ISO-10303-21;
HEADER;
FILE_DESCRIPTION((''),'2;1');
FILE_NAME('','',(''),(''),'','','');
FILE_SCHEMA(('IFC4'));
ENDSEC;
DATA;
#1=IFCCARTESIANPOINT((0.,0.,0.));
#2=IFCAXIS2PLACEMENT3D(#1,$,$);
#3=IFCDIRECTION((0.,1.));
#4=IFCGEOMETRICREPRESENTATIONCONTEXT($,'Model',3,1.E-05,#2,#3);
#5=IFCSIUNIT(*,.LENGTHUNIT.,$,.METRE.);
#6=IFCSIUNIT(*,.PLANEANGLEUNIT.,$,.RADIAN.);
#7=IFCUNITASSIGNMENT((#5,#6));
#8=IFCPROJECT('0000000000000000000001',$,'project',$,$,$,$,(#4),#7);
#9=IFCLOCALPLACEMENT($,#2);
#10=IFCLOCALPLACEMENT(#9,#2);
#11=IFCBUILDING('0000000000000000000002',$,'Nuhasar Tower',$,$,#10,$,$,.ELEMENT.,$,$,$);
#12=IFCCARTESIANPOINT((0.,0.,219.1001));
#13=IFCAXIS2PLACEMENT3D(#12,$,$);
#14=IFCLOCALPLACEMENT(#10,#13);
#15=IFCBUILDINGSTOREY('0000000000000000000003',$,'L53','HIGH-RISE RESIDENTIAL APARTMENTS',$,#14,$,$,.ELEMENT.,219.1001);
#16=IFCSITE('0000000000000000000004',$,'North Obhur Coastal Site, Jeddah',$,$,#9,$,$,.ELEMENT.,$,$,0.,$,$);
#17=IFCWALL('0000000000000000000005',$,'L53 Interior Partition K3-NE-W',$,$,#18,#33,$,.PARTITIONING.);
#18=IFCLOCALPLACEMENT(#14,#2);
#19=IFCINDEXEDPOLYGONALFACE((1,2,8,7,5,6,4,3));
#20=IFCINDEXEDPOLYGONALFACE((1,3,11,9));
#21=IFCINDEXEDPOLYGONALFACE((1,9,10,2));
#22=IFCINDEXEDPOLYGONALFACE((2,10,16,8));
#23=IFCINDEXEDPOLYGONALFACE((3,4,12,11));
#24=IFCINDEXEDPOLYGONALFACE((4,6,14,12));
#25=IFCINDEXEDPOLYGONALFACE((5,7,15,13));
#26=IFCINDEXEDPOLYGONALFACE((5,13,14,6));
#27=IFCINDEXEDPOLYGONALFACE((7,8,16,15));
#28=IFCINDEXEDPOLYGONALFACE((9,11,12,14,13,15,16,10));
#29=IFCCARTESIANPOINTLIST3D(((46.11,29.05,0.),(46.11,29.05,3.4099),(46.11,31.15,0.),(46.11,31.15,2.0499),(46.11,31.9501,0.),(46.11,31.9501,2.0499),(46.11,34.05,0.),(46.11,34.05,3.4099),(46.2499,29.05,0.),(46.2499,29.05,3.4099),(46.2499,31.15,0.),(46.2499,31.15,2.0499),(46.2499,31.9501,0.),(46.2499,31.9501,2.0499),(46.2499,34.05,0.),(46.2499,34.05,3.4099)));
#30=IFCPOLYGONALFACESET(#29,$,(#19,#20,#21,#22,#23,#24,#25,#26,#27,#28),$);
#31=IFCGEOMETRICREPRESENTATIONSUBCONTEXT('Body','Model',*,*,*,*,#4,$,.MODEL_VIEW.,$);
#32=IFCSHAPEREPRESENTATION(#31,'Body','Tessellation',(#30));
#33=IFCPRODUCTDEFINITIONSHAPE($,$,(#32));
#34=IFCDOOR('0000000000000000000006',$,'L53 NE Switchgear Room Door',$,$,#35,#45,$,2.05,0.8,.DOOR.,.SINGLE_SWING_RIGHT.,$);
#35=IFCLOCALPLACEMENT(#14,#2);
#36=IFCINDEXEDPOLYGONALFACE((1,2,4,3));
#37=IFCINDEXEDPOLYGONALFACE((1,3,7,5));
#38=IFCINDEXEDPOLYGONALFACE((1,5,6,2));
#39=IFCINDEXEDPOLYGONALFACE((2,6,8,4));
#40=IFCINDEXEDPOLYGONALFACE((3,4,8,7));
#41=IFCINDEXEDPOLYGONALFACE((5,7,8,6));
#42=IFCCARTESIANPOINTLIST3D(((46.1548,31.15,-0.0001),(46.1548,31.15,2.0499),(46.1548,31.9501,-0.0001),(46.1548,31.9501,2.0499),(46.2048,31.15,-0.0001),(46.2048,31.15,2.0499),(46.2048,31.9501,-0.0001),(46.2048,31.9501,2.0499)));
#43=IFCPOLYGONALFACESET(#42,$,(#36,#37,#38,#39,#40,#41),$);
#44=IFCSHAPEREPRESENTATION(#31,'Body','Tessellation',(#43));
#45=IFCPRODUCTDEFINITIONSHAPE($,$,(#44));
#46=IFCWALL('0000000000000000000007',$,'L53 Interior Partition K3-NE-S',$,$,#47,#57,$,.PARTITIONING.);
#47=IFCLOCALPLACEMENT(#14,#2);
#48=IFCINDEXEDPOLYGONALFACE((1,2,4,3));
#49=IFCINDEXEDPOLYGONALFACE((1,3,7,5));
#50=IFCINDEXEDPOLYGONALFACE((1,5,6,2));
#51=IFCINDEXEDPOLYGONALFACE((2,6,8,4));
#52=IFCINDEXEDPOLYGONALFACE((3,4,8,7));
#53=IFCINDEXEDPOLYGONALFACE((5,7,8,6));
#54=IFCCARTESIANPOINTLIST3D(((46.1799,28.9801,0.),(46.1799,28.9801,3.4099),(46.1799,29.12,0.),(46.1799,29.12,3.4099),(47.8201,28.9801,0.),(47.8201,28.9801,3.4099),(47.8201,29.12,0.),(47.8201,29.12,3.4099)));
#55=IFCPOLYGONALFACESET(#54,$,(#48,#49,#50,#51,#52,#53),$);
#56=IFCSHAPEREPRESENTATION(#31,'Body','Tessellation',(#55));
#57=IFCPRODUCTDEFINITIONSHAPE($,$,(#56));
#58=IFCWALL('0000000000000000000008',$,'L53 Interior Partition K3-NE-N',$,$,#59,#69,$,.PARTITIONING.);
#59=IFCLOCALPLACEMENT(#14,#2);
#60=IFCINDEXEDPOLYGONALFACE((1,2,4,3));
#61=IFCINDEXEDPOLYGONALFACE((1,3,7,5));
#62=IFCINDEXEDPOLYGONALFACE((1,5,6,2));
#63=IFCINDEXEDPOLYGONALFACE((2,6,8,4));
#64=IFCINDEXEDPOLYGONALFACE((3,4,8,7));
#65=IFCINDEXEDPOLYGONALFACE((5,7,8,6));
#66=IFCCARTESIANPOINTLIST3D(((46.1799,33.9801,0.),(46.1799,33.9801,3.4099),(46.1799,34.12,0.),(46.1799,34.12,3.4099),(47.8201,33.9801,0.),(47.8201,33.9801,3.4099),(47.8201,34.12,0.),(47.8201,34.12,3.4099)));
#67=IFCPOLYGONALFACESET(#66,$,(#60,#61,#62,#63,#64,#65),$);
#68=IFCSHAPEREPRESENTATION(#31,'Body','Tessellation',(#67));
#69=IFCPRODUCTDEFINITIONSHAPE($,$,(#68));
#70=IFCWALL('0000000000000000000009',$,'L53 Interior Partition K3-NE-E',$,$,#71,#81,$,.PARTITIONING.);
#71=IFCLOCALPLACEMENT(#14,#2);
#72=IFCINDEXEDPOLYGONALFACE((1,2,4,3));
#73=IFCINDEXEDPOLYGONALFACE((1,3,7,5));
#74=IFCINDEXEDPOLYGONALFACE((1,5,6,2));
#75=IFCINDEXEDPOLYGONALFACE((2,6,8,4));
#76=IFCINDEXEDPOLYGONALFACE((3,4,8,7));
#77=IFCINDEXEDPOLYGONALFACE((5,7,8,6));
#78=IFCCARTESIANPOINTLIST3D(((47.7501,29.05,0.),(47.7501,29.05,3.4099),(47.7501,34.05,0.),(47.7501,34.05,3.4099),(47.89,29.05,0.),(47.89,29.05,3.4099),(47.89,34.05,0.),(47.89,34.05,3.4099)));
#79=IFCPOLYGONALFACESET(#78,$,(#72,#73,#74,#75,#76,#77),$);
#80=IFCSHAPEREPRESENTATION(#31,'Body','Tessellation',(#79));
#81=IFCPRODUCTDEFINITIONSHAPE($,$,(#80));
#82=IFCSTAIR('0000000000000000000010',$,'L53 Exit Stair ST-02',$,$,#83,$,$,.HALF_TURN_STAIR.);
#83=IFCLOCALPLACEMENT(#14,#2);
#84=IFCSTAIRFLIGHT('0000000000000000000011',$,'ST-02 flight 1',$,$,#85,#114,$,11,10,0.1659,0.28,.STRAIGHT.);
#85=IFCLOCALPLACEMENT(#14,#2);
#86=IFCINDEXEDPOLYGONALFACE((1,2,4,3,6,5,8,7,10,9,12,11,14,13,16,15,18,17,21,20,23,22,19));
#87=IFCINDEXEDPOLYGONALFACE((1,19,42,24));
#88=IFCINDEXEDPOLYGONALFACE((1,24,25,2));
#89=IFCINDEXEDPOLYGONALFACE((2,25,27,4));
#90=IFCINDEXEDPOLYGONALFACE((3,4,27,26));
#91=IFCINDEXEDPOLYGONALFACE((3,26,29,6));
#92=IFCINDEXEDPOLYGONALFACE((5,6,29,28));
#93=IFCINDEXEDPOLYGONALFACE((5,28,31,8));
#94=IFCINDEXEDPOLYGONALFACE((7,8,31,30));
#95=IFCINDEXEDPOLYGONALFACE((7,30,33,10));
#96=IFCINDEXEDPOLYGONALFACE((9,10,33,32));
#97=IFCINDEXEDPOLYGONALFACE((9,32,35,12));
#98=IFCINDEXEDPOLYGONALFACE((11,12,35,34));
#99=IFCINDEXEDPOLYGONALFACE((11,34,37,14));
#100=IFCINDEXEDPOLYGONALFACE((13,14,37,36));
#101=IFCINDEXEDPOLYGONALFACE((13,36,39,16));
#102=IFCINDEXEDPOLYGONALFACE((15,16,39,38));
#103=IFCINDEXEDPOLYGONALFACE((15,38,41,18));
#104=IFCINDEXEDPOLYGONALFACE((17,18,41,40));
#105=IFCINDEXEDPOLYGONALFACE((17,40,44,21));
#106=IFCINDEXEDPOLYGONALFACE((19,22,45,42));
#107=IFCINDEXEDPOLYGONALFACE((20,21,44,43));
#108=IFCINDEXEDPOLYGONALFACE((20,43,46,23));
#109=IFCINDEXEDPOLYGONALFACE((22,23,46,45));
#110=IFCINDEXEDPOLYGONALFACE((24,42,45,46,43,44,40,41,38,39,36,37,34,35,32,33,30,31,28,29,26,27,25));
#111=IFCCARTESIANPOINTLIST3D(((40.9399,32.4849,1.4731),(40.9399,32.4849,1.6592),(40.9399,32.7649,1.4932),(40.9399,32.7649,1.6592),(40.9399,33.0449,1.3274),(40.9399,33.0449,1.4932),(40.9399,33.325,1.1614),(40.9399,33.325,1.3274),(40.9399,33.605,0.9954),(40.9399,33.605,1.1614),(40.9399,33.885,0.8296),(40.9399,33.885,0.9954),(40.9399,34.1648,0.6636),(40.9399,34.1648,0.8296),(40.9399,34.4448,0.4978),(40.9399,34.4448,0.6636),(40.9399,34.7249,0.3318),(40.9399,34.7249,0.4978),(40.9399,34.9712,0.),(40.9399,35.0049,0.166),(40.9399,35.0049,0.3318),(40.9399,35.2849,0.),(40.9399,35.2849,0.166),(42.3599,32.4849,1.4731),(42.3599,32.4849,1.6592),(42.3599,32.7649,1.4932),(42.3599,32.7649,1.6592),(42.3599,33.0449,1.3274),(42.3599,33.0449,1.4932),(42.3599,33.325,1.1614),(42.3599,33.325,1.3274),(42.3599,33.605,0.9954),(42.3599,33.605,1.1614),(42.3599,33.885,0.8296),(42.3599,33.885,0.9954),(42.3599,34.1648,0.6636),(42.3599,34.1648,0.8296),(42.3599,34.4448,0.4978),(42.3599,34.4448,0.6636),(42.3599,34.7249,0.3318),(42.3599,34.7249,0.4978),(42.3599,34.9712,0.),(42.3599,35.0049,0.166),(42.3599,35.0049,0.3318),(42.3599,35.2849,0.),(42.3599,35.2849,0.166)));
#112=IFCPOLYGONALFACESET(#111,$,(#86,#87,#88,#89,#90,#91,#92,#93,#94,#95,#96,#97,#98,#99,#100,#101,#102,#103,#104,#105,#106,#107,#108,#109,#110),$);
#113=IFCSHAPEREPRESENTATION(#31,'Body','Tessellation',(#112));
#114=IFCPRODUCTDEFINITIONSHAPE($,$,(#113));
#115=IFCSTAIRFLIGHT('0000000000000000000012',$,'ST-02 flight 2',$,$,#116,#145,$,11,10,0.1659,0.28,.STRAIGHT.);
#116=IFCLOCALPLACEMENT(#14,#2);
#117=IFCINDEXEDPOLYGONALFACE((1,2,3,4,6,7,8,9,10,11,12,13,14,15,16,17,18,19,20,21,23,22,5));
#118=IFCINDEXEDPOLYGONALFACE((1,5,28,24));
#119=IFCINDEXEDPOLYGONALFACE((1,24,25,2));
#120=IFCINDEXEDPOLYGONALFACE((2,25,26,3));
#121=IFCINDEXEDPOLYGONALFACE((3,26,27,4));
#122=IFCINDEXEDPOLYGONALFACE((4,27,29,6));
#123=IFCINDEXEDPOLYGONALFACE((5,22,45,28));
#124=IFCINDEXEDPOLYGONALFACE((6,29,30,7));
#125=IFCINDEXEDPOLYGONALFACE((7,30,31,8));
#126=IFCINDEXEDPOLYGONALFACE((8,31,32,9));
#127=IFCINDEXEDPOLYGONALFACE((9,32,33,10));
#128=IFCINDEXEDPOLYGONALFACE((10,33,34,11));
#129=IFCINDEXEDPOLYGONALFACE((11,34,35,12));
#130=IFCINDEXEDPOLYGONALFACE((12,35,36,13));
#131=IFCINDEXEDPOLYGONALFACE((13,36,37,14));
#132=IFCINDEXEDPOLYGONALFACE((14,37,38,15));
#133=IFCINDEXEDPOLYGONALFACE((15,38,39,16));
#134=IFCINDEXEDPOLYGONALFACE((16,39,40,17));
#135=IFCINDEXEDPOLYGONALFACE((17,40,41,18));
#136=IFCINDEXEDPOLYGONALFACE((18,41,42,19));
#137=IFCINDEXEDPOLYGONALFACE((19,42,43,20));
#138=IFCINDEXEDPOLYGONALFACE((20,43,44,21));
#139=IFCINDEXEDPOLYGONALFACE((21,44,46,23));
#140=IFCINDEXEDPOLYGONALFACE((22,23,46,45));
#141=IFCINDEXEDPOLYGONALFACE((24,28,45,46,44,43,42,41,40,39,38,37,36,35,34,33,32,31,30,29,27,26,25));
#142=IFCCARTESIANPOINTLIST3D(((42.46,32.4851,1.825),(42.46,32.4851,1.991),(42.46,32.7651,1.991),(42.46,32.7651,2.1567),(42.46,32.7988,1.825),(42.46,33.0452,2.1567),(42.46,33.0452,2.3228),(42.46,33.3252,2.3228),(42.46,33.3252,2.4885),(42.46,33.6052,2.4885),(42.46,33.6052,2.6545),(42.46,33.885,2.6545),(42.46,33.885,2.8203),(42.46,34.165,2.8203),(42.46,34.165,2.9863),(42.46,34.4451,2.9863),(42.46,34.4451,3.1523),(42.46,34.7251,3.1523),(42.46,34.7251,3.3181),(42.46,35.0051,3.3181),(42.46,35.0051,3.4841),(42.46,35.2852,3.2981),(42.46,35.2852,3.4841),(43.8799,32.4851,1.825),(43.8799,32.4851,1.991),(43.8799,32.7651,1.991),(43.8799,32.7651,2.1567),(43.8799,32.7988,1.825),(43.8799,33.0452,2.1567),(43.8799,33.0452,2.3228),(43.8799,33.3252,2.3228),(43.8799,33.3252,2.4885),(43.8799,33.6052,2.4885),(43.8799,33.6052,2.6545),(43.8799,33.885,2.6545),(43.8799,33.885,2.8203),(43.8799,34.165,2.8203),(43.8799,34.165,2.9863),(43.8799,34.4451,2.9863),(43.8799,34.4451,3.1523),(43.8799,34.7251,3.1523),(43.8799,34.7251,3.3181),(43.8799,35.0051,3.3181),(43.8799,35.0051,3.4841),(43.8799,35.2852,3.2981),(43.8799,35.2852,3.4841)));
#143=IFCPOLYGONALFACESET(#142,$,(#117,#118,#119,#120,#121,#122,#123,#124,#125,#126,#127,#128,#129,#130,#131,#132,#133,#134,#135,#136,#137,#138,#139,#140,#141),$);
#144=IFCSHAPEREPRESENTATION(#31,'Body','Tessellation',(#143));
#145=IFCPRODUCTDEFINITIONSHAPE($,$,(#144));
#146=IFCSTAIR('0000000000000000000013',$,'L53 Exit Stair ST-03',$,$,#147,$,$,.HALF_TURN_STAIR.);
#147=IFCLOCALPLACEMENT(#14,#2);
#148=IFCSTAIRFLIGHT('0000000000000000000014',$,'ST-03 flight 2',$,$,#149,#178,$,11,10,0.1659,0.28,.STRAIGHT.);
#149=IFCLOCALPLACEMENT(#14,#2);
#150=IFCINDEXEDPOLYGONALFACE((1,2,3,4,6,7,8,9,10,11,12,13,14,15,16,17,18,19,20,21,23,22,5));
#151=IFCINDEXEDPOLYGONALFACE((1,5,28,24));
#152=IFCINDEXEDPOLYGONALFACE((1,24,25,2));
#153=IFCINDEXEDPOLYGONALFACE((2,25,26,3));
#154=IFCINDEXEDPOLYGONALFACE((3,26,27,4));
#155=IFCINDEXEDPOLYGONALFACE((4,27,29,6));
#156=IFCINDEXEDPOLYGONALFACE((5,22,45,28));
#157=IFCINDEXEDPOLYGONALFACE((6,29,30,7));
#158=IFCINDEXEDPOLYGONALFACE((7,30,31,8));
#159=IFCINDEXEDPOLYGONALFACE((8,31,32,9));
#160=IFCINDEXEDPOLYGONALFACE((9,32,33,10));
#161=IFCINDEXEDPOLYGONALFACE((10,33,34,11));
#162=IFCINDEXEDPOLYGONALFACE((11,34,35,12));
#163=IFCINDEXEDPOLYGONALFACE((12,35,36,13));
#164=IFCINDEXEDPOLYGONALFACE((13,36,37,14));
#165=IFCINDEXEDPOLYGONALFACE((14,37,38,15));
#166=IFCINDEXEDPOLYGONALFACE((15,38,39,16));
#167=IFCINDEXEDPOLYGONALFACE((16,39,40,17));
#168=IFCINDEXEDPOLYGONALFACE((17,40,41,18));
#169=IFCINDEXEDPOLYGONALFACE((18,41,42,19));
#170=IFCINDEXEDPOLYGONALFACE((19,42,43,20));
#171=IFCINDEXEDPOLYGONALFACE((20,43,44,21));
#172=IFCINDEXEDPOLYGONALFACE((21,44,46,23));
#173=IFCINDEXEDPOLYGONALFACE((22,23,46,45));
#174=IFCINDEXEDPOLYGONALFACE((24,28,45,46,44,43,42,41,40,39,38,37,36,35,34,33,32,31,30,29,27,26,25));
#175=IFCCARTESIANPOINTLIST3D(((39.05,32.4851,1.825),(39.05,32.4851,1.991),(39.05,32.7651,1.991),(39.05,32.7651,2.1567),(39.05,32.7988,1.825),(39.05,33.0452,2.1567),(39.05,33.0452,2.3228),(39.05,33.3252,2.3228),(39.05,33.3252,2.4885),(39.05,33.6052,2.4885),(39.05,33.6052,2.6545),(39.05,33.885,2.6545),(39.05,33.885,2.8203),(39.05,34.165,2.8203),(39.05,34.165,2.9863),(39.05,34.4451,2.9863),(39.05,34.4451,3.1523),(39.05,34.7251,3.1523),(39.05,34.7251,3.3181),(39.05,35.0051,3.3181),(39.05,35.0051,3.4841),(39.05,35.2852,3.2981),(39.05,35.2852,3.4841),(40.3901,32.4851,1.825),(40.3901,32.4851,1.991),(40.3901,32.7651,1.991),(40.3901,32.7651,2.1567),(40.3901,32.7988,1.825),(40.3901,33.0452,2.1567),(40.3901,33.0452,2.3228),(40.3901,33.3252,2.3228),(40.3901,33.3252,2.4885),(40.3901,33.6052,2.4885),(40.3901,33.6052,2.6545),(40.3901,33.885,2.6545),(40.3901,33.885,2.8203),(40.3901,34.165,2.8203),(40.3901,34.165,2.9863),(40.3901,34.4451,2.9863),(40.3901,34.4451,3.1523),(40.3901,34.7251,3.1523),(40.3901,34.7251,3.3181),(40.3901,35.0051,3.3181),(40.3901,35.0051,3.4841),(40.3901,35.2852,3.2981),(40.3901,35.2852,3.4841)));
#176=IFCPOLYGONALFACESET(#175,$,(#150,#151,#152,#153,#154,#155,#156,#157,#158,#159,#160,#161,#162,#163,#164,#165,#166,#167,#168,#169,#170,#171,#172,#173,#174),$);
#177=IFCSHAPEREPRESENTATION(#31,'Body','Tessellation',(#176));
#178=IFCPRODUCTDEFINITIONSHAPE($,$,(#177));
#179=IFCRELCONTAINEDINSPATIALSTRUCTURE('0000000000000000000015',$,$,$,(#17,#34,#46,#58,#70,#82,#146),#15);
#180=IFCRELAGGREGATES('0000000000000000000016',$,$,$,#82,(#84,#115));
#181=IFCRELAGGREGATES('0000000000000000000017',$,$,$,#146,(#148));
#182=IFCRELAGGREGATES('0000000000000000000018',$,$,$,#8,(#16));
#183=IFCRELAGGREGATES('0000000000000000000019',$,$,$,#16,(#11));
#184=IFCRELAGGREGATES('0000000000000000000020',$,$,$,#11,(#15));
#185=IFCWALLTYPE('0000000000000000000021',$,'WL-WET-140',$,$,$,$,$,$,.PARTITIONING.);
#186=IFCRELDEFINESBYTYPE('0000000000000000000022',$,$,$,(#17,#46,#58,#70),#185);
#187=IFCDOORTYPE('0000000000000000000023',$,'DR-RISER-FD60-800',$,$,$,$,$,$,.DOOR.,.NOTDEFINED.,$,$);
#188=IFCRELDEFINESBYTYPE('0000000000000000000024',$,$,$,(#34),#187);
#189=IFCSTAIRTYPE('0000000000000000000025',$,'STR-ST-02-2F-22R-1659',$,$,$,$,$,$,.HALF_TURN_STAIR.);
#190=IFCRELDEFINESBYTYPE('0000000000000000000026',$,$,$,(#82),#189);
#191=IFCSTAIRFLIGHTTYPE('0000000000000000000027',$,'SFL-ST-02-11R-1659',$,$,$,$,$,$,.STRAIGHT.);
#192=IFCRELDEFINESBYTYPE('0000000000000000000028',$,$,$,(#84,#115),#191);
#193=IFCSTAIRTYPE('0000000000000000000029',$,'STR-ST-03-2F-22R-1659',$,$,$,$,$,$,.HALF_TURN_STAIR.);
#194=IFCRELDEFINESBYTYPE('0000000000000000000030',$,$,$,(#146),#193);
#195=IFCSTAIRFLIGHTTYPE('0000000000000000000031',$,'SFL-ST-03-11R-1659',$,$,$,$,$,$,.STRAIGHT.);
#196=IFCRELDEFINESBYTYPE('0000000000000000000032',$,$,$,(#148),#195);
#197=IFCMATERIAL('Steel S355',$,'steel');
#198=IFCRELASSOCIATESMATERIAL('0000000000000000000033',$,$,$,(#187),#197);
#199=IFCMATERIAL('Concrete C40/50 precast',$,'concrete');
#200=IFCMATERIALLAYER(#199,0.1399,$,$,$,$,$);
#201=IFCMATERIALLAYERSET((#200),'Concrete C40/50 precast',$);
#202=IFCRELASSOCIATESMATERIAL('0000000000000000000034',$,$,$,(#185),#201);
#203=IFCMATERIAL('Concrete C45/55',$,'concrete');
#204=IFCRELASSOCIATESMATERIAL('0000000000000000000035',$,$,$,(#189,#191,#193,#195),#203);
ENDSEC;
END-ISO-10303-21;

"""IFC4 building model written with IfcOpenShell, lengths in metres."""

from ifc_helpers import new_model, si_unit, direction, frame, frame_2d, origin, place, context, subcontext, project, spatial, polyline, rectangle, outline, extrude, material, layer, layer_set, type_object, element, fill, aggregate, save


model = new_model("IFC4")

# Units and contexts
model_context = context("Model", 3, precision=1e-05, world=origin(), true_north=direction((0.0, 1.0)))
body_context = subcontext(model_context, "Body", "Model", "MODEL_VIEW")
ifc_project = project(units=[si_unit("LENGTHUNIT", "METRE"), si_unit("PLANEANGLEUNIT", "RADIAN")], contexts=[model_context])

# Site, building, storey
site_placement = place(None, origin())
site = spatial("IfcSite", under=ifc_project, at=site_placement, Name="North Obhur Coastal Site, Jeddah", CompositionType="ELEMENT", RefElevation=0.0)
building_placement = place(site_placement, origin())
building = spatial("IfcBuilding", under=site, at=building_placement, Name="Nuhasar Tower", CompositionType="ELEMENT")
storey_placement = place(building_placement, frame((0.0, 0.0, 219.1001)))
storey = spatial("IfcBuildingStorey", under=building, at=storey_placement, Name="L53", Description="HIGH-RISE RESIDENTIAL APARTMENTS", CompositionType="ELEMENT", Elevation=219.1001)

# Shared definitions
ifc_material_1 = material(Name="Steel S355", Category="steel")

# Shared definitions
ifc_material_2 = material(Name="Concrete C45/55", Category="concrete")

# Shared definitions
door_type_1 = type_object("IfcDoorType", Name="DR-RISER-FD60-800", OperationType="NOTDEFINED", PredefinedType="DOOR", material=ifc_material_1)

# Wall, opening, door
ifc_material_3 = material(Name="Concrete C40/50 precast", Category="concrete")
ifc_layer_1 = layer(ifc_material_3, 0.1399)
ifc_layer_set_1 = layer_set([ifc_layer_1], Name="Concrete C40/50 precast")
wall_type_1 = type_object("IfcWallType", Name="WL-WET-140", PredefinedType="PARTITIONING", material=ifc_layer_set_1)
wall_1_placement = place(storey_placement, frame((46.1799, 34.05, 0.0), z_axis=(0.0, 0.0, 1.0), x_axis=(0.0, -1.0, 0.0)))
wall_1 = element("IfcWall", 1, at=wall_1_placement, inside=storey, type_object=wall_type_1, Name="L53 Interior Partition K3-NE-W", PredefinedType="PARTITIONING", context=body_context, shape_type="SweptSolid", body=[
    extrude(rectangle(XDim=5.0, YDim=0.1399, at=frame_2d((2.5, 0.0))), origin(), (0.0, 0.0, 1.0), 3.4099),
])
opening_1_placement = place(wall_1_placement, frame((2.1001, 0.0, 0.0)))
opening_1 = element("IfcOpeningElement", 2, at=opening_1_placement, cuts=wall_1, PredefinedType="OPENING", context=body_context, shape_type="SweptSolid", body=[
    extrude(rectangle(XDim=0.8, YDim=2.05, at=frame_2d((0.3999, 1.0249))), frame((0.0, 0.0801, 0.0), z_axis=(0.0, -1.0, 0.0), x_axis=(1.0, 0.0, 0.0)), (0.0, 0.0, 1.0), 0.1599),
])
door_1_placement = place(opening_1_placement, origin())
door_1 = element("IfcDoor", 3, at=door_1_placement, inside=storey, type_object=door_type_1, Name="L53 NE Switchgear Room Door", OperationType="SINGLE_SWING_RIGHT", OverallHeight=2.05, OverallWidth=0.8, PredefinedType="DOOR", context=body_context, shape_type="SweptSolid", body=[
    extrude(rectangle(XDim=0.8, YDim=2.05, at=frame_2d((0.3999, 1.0249))), frame((0.0, 0.0249, 0.0), z_axis=(0.0, -1.0, 0.0), x_axis=(1.0, 0.0, 0.0)), (0.0, 0.0, 1.0), 0.05),
])
fill(opening_1, door_1)

# Walls
for number, where, z_axis, x_axis, name in (
    (4, (46.1799, 29.05, 0.0), (0.0, 0.0, 1.0), (1.0, 0.0, 0.0), "L53 Interior Partition K3-NE-S"),
    (5, (46.1799, 34.05, 0.0), (0.0, 0.0, 1.0), (1.0, 0.0, 0.0), "L53 Interior Partition K3-NE-N"),
):
    element("IfcWall", number, at=place(storey_placement, frame(where, z_axis=z_axis, x_axis=x_axis)), inside=storey, type_object=wall_type_1, Name=name, PredefinedType="PARTITIONING", context=body_context, shape_type="SweptSolid", body=[
        extrude(rectangle(XDim=1.6401, YDim=0.1399, at=frame_2d((0.8201, 0.0))), origin(), (0.0, 0.0, 1.0), 3.4099),
    ])
wall_2_placement = place(storey_placement, frame((47.8201, 29.05, 0.0), z_axis=(0.0, 0.0, 1.0), x_axis=(0.0, 1.0, 0.0)))
element("IfcWall", 6, at=wall_2_placement, inside=storey, type_object=wall_type_1, Name="L53 Interior Partition K3-NE-E", PredefinedType="PARTITIONING", context=body_context, shape_type="SweptSolid", body=[
    extrude(rectangle(XDim=5.0, YDim=0.1399, at=frame_2d((2.5, 0.0))), origin(), (0.0, 0.0, 1.0), 3.4099),
])

# Stair, stair flights
stair_type_1 = type_object("IfcStairType", Name="STR-ST-02-2F-22R-1659", PredefinedType="HALF_TURN_STAIR", material=ifc_material_2)
stair_1_placement = place(storey_placement, origin())
stair_1 = element("IfcStair", 7, at=stair_1_placement, inside=storey, type_object=stair_type_1, Name="L53 Exit Stair ST-02", PredefinedType="HALF_TURN_STAIR")
stair_flight_type_1 = type_object("IfcStairFlightType", Name="SFL-ST-02-11R-1659", PredefinedType="STRAIGHT", material=ifc_material_2)
stair_flight_1_placement = place(storey_placement, frame((41.6499, 35.2849, 0.0), z_axis=(0.0, 0.0, 1.0), x_axis=(0.0, -1.0, 0.0)))
stair_flight_1 = element("IfcStairFlight", 8, at=stair_flight_1_placement, type_object=stair_flight_type_1, Name="ST-02 flight 1", NumberOfRisers=11, NumberOfTreads=10, PredefinedType="STRAIGHT", RiserHeight=0.1659, TreadLength=0.28, context=body_context, shape_type="SweptSolid", body=[
    extrude(outline(polyline([(0.0, 0.0), (0.0, 0.166), (0.28, 0.166), (0.28, 0.3318), (0.5601, 0.3318), (0.5601, 0.4978), (0.8401, 0.4978), (0.8401, 0.6636), (1.1201, 0.6636), (1.1201, 0.8296), (1.3999, 0.8296), (1.3999, 0.9954), (1.6799, 0.9954), (1.6799, 1.1614), (1.96, 1.1614), (1.96, 1.3274), (2.24, 1.3274), (2.24, 1.4932), (2.52, 1.4932), (2.52, 1.6592), (2.8, 1.6592), (2.8, 1.825), (2.8, 1.4731), (0.3137, 0.0), (0.0, 0.0)])), frame((0.0, 0.71, 0.0), z_axis=(0.0, -1.0, 0.0), x_axis=(1.0, 0.0, 0.0)), (0.0, 0.0, 1.0), 1.4199),
])
stair_flight_2_placement = place(storey_placement, frame((43.1699, 32.4851, 1.825), z_axis=(0.0, 0.0, 1.0), x_axis=(0.0, 1.0, 0.0)))
stair_flight_2 = element("IfcStairFlight", 9, at=stair_flight_2_placement, type_object=stair_flight_type_1, Name="ST-02 flight 2", NumberOfRisers=11, NumberOfTreads=10, PredefinedType="STRAIGHT", RiserHeight=0.1659, TreadLength=0.28, context=body_context, shape_type="SweptSolid", body=[
    extrude(outline(polyline([(0.0, 0.0), (0.0, 0.166), (0.28, 0.166), (0.28, 0.3318), (0.5601, 0.3318), (0.5601, 0.4978), (0.8401, 0.4978), (0.8401, 0.6636), (1.1201, 0.6636), (1.1201, 0.8296), (1.3999, 0.8296), (1.3999, 0.9954), (1.6799, 0.9954), (1.6799, 1.1614), (1.96, 1.1614), (1.96, 1.3274), (2.24, 1.3274), (2.24, 1.4932), (2.52, 1.4932), (2.52, 1.6592), (2.8, 1.6592), (2.8, 1.825), (2.8, 1.4731), (0.3137, 0.0), (0.0, 0.0)])), frame((0.0, 0.71, 0.0), z_axis=(0.0, -1.0, 0.0), x_axis=(1.0, 0.0, 0.0)), (0.0, 0.0, 1.0), 1.4199),
])
aggregate(stair_1, [stair_flight_1, stair_flight_2])

# Stair, stair flight
stair_type_2 = type_object("IfcStairType", Name="STR-ST-03-2F-22R-1659", PredefinedType="HALF_TURN_STAIR", material=ifc_material_2)
stair_2_placement = place(storey_placement, origin())
stair_2 = element("IfcStair", 10, at=stair_2_placement, inside=storey, type_object=stair_type_2, Name="L53 Exit Stair ST-03", PredefinedType="HALF_TURN_STAIR")
stair_flight_type_2 = type_object("IfcStairFlightType", Name="SFL-ST-03-11R-1659", PredefinedType="STRAIGHT", material=ifc_material_2)
stair_flight_3_placement = place(storey_placement, frame((39.72, 32.4851, 1.825), z_axis=(0.0, 0.0, 1.0), x_axis=(0.0, 1.0, 0.0)))
stair_flight_3 = element("IfcStairFlight", 11, at=stair_flight_3_placement, type_object=stair_flight_type_2, Name="ST-03 flight 2", NumberOfRisers=11, NumberOfTreads=10, PredefinedType="STRAIGHT", RiserHeight=0.1659, TreadLength=0.28, context=body_context, shape_type="SweptSolid", body=[
    extrude(outline(polyline([(0.0, 0.0), (0.0, 0.166), (0.28, 0.166), (0.28, 0.3318), (0.5601, 0.3318), (0.5601, 0.4978), (0.8401, 0.4978), (0.8401, 0.6636), (1.1201, 0.6636), (1.1201, 0.8296), (1.3999, 0.8296), (1.3999, 0.9954), (1.6799, 0.9954), (1.6799, 1.1614), (1.96, 1.1614), (1.96, 1.3274), (2.24, 1.3274), (2.24, 1.4932), (2.52, 1.4932), (2.52, 1.6592), (2.8, 1.6592), (2.8, 1.825), (2.8, 1.4731), (0.3137, 0.0), (0.0, 0.0)])), frame((0.0, 0.6699, 0.0), z_axis=(0.0, -1.0, 0.0), x_axis=(1.0, 0.0, 0.0)), (0.0, 0.0, 1.0), 1.3401),
])
aggregate(stair_2, [stair_flight_3])

save(model, "model.ifc")
